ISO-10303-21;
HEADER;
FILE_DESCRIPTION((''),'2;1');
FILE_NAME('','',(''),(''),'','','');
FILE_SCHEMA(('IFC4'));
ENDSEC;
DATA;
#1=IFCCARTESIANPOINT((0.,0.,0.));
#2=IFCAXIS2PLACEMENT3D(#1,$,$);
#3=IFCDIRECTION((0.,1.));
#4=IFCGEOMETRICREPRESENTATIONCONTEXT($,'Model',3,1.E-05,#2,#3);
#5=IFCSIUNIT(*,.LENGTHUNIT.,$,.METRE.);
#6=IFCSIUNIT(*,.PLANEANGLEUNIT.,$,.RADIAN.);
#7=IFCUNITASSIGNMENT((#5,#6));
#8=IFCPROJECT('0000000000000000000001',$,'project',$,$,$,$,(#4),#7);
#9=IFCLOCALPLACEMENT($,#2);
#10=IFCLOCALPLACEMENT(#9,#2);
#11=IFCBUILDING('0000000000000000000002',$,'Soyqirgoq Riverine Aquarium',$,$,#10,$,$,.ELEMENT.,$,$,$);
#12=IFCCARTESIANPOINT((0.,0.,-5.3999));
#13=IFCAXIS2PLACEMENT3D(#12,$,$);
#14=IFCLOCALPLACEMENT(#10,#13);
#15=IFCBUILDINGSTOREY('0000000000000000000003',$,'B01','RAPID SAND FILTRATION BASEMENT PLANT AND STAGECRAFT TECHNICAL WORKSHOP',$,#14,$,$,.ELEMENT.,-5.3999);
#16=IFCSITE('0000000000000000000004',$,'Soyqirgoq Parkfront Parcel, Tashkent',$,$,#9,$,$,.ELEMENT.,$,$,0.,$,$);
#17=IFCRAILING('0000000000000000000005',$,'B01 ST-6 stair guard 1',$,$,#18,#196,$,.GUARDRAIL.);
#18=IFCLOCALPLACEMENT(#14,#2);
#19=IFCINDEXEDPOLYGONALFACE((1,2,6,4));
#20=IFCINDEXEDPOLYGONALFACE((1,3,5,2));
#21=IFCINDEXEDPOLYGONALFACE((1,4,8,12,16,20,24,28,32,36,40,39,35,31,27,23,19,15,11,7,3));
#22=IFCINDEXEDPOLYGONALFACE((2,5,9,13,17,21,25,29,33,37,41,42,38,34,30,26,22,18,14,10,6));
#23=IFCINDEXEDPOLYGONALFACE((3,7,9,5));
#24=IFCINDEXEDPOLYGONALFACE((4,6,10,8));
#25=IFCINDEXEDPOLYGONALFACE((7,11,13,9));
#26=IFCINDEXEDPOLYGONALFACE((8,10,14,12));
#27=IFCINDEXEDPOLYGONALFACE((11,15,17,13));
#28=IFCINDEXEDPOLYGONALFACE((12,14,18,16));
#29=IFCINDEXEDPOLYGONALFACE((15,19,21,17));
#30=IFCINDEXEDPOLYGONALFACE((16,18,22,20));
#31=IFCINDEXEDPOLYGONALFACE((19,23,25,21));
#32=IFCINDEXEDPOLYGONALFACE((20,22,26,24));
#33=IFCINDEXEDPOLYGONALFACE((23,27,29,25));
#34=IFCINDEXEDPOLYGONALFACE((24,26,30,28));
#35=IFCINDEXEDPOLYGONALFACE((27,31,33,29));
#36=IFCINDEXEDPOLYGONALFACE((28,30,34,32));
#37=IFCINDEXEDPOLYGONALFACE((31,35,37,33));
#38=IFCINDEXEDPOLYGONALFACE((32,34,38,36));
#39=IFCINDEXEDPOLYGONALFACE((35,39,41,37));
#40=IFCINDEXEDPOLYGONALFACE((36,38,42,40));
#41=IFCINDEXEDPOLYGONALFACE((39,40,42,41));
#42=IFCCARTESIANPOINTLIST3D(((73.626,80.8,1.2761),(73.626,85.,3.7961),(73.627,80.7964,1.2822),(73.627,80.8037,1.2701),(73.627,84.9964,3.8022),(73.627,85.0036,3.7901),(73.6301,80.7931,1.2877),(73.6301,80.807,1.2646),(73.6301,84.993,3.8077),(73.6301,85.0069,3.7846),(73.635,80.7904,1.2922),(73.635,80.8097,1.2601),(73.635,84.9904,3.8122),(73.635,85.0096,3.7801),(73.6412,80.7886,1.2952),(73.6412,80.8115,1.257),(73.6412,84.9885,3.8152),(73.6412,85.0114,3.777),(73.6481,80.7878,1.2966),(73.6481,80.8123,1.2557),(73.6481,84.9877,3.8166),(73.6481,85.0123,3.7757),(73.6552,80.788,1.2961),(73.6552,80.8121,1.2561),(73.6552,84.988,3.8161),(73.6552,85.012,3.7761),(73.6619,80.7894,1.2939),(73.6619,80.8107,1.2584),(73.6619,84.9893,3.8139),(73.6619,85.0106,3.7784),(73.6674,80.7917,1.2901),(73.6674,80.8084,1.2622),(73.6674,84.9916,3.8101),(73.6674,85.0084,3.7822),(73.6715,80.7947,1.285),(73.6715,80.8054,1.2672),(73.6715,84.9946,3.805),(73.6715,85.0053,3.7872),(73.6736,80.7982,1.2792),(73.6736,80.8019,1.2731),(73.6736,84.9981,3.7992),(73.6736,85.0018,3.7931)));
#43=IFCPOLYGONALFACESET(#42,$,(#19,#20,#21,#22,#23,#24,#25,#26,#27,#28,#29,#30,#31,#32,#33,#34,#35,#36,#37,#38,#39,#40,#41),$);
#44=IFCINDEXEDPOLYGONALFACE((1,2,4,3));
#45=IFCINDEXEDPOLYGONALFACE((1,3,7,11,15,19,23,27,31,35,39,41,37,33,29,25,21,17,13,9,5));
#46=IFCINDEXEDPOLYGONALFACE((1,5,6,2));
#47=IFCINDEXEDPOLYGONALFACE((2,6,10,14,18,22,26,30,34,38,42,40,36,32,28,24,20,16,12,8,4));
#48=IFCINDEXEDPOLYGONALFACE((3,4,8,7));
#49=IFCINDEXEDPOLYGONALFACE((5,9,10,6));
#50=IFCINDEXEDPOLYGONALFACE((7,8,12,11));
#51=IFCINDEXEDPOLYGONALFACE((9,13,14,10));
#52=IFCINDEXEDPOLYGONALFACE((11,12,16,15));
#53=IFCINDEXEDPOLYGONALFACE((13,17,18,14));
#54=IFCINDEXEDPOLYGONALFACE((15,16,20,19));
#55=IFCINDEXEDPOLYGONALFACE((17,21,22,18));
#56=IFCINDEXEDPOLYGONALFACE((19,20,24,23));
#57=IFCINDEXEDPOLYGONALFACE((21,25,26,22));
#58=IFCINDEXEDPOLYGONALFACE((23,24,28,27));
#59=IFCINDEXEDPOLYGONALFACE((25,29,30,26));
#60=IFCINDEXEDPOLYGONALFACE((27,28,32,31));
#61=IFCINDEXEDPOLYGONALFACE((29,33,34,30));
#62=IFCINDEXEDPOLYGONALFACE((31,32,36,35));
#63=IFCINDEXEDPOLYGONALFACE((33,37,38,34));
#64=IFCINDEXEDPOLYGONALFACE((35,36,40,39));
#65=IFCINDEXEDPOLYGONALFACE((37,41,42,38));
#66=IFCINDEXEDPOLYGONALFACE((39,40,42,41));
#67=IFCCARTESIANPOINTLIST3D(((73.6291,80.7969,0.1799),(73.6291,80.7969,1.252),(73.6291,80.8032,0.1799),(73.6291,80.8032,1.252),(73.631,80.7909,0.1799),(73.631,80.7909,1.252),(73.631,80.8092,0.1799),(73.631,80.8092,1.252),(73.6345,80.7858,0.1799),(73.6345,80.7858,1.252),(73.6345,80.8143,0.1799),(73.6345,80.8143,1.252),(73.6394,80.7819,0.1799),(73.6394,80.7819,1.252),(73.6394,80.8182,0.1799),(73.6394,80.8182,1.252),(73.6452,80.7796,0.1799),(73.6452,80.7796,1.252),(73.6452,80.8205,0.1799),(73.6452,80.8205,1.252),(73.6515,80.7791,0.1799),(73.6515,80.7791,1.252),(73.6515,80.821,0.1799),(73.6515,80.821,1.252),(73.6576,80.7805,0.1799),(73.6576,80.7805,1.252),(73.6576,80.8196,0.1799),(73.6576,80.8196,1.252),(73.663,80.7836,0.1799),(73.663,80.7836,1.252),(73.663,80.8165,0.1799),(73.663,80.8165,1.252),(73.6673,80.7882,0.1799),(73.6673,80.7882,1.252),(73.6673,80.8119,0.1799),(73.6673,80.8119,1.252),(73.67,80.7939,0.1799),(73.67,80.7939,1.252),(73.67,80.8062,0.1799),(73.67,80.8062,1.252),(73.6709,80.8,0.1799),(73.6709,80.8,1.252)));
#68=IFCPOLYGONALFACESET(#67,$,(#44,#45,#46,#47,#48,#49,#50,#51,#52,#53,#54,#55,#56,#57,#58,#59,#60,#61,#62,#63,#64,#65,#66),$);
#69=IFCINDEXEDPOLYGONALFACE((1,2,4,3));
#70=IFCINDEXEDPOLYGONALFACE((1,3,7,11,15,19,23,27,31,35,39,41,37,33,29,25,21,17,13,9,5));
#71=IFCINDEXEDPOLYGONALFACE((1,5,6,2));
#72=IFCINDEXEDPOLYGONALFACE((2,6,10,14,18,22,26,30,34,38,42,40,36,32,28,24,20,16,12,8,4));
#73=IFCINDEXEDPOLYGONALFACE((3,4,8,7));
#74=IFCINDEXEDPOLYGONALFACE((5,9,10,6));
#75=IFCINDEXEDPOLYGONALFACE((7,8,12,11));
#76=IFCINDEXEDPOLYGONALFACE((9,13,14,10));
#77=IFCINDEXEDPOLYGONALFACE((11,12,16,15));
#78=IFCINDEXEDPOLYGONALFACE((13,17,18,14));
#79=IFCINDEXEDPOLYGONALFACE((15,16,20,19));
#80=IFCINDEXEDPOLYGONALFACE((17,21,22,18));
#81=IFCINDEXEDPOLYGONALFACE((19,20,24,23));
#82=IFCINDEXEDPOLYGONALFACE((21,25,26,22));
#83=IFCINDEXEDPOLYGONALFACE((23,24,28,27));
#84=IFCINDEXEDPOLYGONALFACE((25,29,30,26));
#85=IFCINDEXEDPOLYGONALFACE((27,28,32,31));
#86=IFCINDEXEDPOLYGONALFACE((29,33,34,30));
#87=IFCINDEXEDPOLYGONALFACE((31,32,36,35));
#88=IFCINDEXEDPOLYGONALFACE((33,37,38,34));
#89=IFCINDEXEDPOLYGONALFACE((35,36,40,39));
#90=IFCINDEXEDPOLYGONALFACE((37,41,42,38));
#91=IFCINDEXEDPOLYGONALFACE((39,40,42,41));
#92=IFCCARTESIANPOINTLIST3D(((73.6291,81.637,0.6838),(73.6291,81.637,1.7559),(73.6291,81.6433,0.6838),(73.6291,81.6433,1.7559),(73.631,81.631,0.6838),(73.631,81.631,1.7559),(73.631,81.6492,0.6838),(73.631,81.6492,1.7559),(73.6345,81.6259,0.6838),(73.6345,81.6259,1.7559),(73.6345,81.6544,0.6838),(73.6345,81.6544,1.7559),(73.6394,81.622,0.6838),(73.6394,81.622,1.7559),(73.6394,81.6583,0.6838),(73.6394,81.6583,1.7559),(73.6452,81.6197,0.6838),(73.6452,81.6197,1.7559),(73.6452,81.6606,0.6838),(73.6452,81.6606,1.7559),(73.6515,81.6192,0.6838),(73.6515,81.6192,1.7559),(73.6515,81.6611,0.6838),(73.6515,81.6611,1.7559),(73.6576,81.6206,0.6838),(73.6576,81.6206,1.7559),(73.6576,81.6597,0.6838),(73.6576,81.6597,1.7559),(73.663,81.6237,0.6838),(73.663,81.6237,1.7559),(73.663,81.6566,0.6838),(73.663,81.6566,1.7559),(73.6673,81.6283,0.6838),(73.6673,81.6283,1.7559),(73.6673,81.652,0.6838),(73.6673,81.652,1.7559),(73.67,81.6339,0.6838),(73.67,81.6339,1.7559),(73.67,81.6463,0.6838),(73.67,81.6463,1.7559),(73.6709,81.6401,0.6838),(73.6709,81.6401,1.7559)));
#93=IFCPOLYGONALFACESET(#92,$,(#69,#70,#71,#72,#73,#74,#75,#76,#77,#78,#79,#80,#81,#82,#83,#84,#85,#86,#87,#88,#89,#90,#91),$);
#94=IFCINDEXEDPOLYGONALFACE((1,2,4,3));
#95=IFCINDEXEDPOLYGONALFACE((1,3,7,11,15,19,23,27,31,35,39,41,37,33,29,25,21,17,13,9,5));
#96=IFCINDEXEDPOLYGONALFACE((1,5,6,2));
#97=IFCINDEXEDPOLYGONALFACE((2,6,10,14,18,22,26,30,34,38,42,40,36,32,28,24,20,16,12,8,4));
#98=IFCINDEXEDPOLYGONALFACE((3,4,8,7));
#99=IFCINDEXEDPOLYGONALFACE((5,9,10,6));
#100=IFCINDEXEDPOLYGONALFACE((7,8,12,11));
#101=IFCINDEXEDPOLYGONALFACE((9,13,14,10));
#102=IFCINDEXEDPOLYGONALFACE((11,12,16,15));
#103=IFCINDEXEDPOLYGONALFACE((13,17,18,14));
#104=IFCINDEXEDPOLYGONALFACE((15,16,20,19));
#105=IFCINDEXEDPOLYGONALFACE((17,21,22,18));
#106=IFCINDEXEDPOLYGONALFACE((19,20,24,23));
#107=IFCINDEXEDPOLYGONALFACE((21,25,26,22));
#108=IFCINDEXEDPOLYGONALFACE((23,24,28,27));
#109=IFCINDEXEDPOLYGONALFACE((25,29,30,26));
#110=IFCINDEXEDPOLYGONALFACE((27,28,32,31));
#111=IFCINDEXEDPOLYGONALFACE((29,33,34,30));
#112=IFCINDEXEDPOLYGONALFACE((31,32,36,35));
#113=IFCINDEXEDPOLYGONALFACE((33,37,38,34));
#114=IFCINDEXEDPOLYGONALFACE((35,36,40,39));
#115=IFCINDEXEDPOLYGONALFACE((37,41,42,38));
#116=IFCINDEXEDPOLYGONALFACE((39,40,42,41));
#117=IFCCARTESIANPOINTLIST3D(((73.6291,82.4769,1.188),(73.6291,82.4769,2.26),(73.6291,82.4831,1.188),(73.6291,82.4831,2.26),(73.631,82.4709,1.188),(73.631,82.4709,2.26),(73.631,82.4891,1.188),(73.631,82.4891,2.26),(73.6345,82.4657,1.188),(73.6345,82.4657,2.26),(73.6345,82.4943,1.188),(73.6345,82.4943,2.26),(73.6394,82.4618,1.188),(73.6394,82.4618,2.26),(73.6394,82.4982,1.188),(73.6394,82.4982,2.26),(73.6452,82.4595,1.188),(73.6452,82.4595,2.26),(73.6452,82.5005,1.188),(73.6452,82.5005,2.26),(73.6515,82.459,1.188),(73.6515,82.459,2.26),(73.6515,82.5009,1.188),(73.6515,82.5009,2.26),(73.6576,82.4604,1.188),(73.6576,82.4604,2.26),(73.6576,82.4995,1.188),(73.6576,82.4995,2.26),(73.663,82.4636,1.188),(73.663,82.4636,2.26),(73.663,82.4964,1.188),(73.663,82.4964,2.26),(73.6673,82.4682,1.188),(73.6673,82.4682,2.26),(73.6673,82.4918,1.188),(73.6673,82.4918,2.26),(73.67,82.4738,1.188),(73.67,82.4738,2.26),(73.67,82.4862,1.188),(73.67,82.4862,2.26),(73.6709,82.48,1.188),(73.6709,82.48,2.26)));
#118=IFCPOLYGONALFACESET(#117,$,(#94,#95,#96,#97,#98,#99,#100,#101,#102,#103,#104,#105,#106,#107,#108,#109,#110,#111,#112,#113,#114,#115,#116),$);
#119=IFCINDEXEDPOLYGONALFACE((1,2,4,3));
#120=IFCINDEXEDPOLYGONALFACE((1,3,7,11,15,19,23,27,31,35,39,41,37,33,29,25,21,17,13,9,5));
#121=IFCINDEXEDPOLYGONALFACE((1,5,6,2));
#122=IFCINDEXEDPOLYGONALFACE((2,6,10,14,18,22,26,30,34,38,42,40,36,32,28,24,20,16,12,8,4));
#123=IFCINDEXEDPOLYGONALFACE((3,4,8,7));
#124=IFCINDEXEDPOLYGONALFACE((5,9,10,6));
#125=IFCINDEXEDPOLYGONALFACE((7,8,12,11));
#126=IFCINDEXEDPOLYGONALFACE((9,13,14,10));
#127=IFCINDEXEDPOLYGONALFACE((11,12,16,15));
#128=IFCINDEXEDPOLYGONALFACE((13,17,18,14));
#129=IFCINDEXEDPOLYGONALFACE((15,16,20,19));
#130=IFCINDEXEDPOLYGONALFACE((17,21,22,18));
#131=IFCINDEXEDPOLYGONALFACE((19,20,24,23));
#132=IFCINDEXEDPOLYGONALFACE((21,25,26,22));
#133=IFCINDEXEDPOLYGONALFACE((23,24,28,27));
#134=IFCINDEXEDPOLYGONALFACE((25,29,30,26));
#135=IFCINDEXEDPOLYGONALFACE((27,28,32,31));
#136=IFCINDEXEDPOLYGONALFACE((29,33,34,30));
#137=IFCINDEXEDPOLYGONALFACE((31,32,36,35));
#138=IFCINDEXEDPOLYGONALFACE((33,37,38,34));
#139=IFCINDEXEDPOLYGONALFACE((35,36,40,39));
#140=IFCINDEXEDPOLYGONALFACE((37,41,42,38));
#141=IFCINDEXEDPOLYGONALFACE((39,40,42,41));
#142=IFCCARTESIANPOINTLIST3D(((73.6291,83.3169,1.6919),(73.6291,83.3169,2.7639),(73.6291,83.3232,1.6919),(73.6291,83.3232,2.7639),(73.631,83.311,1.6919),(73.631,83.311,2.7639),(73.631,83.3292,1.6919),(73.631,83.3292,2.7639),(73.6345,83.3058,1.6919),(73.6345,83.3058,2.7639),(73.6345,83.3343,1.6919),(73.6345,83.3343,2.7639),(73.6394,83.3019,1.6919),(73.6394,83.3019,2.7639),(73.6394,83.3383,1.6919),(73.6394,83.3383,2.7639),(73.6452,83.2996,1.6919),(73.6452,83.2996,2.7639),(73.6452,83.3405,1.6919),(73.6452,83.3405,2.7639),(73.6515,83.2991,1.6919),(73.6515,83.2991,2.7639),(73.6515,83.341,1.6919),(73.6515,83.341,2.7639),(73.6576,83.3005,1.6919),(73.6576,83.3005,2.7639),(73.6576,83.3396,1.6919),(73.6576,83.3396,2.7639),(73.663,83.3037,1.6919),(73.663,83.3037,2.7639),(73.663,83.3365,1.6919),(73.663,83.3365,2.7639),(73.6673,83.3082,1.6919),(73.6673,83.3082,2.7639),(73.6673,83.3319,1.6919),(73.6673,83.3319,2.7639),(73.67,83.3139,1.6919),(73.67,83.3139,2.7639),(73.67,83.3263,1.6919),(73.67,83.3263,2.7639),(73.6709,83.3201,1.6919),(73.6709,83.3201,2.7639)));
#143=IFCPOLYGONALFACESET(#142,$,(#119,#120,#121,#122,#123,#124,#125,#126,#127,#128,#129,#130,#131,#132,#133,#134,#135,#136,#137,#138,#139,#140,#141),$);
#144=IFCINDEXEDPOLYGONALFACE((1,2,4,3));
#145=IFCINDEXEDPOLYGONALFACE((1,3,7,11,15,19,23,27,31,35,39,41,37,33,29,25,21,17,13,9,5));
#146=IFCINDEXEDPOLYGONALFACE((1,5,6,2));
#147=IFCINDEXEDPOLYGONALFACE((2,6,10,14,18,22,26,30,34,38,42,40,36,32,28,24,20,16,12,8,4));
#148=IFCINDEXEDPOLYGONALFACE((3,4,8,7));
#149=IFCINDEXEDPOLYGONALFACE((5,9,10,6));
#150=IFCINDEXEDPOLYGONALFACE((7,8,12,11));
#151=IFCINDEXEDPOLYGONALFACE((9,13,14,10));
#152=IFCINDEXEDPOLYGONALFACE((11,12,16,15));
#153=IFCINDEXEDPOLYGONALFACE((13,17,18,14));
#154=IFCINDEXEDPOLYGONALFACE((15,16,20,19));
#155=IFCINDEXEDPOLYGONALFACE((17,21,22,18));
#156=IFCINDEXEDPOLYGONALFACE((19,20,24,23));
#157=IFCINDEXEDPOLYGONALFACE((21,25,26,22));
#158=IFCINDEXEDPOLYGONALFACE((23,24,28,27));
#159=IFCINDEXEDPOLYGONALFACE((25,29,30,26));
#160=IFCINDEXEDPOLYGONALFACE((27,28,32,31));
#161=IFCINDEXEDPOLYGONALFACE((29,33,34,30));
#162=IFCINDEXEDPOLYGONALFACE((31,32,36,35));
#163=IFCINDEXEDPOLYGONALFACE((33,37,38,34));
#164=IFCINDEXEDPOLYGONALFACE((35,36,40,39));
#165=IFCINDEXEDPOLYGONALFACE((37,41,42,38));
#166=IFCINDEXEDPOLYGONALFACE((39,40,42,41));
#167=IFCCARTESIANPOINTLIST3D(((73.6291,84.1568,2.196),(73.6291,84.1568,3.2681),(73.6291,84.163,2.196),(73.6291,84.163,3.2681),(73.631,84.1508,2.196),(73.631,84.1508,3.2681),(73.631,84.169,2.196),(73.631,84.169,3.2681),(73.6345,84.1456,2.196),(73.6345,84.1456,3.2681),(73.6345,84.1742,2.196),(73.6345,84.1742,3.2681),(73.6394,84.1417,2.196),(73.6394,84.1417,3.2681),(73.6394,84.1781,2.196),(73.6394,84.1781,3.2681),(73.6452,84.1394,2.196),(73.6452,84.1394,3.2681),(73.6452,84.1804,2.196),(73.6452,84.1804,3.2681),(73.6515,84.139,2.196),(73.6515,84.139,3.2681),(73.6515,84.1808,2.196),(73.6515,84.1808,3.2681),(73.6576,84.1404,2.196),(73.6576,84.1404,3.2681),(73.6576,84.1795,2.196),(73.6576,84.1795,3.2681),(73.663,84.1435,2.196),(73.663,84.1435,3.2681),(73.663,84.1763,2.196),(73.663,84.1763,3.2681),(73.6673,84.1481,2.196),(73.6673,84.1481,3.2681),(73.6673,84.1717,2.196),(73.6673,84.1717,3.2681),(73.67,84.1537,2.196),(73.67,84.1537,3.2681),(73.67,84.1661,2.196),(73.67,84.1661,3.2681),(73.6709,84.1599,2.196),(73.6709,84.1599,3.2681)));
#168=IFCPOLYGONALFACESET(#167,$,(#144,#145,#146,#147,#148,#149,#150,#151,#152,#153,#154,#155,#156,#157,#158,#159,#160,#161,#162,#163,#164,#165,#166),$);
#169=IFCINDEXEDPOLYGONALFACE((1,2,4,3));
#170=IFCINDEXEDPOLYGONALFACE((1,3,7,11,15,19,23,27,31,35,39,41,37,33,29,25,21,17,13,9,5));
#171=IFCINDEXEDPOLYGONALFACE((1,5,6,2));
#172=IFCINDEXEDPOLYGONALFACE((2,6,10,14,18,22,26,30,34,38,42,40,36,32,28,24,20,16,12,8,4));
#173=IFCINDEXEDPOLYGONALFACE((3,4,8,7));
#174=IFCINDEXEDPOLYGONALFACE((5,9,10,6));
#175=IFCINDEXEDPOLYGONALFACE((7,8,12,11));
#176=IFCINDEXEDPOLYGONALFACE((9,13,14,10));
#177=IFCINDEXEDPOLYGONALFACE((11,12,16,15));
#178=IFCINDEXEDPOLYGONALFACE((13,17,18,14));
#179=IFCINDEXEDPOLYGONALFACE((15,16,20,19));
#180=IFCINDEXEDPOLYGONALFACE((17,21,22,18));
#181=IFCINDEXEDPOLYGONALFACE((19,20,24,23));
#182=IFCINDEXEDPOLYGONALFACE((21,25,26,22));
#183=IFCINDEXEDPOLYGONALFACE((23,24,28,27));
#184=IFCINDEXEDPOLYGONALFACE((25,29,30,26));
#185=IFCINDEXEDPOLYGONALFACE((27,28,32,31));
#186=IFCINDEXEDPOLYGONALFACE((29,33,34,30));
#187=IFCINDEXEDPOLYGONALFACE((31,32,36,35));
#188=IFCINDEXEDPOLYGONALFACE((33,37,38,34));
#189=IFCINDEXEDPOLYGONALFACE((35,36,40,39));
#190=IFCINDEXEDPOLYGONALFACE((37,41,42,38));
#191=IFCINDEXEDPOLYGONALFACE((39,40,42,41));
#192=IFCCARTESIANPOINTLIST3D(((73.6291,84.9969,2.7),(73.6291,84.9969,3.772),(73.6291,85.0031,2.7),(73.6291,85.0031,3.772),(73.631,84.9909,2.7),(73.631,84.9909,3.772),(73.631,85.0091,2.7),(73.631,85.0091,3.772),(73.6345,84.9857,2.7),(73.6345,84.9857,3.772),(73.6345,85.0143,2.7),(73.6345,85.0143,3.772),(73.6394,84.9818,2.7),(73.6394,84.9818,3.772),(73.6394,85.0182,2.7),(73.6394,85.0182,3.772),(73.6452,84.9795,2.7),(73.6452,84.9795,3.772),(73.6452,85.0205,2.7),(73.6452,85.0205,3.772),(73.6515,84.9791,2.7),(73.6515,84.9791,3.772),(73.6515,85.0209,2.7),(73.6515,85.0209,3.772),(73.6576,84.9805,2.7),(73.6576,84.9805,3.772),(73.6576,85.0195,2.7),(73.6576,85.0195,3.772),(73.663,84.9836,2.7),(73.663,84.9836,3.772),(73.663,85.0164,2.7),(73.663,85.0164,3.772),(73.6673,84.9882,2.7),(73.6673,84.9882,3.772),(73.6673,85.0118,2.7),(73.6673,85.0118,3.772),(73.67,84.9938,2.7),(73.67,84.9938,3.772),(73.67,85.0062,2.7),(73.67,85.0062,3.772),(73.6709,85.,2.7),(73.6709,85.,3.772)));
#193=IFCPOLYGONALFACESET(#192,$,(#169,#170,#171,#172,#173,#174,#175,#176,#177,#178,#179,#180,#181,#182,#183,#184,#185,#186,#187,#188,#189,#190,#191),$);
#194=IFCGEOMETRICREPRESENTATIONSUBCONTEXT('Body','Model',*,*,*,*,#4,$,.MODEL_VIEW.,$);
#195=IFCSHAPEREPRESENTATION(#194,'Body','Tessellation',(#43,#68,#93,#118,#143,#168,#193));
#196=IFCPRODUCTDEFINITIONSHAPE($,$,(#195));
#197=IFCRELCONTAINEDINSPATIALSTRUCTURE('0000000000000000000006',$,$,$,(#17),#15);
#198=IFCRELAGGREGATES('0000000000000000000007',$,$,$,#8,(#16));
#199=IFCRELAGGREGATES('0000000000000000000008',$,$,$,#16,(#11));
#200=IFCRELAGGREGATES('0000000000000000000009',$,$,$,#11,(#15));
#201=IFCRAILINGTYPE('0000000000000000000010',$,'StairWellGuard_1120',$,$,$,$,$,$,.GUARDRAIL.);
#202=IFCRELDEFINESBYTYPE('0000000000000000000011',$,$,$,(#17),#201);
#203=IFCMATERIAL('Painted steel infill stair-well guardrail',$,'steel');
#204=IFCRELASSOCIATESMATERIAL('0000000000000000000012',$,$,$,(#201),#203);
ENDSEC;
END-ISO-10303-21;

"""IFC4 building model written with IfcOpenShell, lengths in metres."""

from ifc_helpers import new_model, si_unit, direction, frame, origin, origin_2d, place, context, subcontext, project, spatial, circle, extrude, material, type_object, element, save


model = new_model("IFC4")

# Units and contexts
model_context = context("Model", 3, precision=1e-05, world=origin(), true_north=direction((0.0, 1.0)))
body_context = subcontext(model_context, "Body", "Model", "MODEL_VIEW")
ifc_project = project(units=[si_unit("LENGTHUNIT", "METRE"), si_unit("PLANEANGLEUNIT", "RADIAN")], contexts=[model_context])

# Site, building, storey
site_placement = place(None, origin())
site = spatial("IfcSite", under=ifc_project, at=site_placement, Name="Soyqirgoq Parkfront Parcel, Tashkent", CompositionType="ELEMENT", RefElevation=0.0)
building_placement = place(site_placement, origin())
building = spatial("IfcBuilding", under=site, at=building_placement, Name="Soyqirgoq Riverine Aquarium", CompositionType="ELEMENT")
storey_placement = place(building_placement, frame((0.0, 0.0, -5.3999)))
storey = spatial("IfcBuildingStorey", under=building, at=storey_placement, Name="B01", Description="RAPID SAND FILTRATION BASEMENT PLANT AND STAGECRAFT TECHNICAL WORKSHOP", CompositionType="ELEMENT", Elevation=-5.3999)

# Railing
ifc_material_1 = material(Name="Painted steel infill stair-well guardrail", Category="steel")
railing_type_1 = type_object("IfcRailingType", Name="StairWellGuard_1120", PredefinedType="GUARDRAIL", material=ifc_material_1)
railing_1_placement = place(storey_placement, frame((73.6499, 80.8, 0.1799)))
element("IfcRailing", 1, at=railing_1_placement, inside=storey, type_object=railing_type_1, Name="B01 ST-6 stair guard 1", PredefinedType="GUARDRAIL", context=body_context, shape_type="SweptSolid", body=[
    extrude(circle(Radius=0.0239, at=origin_2d()), frame((0.0, 0.0, 1.0962), z_axis=(0.0, 0.857489, 0.514503), x_axis=(-1.0, 0.0, 0.0)), (0.0, 0.0, 1.0), 4.8979),
    extrude(circle(Radius=0.021, at=origin_2d()), origin(), (0.0, 0.0, 1.0), 1.072),
    extrude(circle(Radius=0.021, at=origin_2d()), frame((0.0, 0.8401, 0.5039)), (0.0, 0.0, 1.0), 1.072),
    extrude(circle(Radius=0.021, at=origin_2d()), frame((0.0, 1.6799, 1.0081)), (0.0, 0.0, 1.0), 1.072),
    extrude(circle(Radius=0.021, at=origin_2d()), frame((0.0, 2.52, 1.512)), (0.0, 0.0, 1.0), 1.072),
    extrude(circle(Radius=0.021, at=origin_2d()), frame((0.0, 3.3599, 2.0161)), (0.0, 0.0, 1.0), 1.072),
    extrude(circle(Radius=0.021, at=origin_2d()), frame((0.0, 4.2, 2.52)), (0.0, 0.0, 1.0), 1.072),
])

save(model, "model.ifc")
